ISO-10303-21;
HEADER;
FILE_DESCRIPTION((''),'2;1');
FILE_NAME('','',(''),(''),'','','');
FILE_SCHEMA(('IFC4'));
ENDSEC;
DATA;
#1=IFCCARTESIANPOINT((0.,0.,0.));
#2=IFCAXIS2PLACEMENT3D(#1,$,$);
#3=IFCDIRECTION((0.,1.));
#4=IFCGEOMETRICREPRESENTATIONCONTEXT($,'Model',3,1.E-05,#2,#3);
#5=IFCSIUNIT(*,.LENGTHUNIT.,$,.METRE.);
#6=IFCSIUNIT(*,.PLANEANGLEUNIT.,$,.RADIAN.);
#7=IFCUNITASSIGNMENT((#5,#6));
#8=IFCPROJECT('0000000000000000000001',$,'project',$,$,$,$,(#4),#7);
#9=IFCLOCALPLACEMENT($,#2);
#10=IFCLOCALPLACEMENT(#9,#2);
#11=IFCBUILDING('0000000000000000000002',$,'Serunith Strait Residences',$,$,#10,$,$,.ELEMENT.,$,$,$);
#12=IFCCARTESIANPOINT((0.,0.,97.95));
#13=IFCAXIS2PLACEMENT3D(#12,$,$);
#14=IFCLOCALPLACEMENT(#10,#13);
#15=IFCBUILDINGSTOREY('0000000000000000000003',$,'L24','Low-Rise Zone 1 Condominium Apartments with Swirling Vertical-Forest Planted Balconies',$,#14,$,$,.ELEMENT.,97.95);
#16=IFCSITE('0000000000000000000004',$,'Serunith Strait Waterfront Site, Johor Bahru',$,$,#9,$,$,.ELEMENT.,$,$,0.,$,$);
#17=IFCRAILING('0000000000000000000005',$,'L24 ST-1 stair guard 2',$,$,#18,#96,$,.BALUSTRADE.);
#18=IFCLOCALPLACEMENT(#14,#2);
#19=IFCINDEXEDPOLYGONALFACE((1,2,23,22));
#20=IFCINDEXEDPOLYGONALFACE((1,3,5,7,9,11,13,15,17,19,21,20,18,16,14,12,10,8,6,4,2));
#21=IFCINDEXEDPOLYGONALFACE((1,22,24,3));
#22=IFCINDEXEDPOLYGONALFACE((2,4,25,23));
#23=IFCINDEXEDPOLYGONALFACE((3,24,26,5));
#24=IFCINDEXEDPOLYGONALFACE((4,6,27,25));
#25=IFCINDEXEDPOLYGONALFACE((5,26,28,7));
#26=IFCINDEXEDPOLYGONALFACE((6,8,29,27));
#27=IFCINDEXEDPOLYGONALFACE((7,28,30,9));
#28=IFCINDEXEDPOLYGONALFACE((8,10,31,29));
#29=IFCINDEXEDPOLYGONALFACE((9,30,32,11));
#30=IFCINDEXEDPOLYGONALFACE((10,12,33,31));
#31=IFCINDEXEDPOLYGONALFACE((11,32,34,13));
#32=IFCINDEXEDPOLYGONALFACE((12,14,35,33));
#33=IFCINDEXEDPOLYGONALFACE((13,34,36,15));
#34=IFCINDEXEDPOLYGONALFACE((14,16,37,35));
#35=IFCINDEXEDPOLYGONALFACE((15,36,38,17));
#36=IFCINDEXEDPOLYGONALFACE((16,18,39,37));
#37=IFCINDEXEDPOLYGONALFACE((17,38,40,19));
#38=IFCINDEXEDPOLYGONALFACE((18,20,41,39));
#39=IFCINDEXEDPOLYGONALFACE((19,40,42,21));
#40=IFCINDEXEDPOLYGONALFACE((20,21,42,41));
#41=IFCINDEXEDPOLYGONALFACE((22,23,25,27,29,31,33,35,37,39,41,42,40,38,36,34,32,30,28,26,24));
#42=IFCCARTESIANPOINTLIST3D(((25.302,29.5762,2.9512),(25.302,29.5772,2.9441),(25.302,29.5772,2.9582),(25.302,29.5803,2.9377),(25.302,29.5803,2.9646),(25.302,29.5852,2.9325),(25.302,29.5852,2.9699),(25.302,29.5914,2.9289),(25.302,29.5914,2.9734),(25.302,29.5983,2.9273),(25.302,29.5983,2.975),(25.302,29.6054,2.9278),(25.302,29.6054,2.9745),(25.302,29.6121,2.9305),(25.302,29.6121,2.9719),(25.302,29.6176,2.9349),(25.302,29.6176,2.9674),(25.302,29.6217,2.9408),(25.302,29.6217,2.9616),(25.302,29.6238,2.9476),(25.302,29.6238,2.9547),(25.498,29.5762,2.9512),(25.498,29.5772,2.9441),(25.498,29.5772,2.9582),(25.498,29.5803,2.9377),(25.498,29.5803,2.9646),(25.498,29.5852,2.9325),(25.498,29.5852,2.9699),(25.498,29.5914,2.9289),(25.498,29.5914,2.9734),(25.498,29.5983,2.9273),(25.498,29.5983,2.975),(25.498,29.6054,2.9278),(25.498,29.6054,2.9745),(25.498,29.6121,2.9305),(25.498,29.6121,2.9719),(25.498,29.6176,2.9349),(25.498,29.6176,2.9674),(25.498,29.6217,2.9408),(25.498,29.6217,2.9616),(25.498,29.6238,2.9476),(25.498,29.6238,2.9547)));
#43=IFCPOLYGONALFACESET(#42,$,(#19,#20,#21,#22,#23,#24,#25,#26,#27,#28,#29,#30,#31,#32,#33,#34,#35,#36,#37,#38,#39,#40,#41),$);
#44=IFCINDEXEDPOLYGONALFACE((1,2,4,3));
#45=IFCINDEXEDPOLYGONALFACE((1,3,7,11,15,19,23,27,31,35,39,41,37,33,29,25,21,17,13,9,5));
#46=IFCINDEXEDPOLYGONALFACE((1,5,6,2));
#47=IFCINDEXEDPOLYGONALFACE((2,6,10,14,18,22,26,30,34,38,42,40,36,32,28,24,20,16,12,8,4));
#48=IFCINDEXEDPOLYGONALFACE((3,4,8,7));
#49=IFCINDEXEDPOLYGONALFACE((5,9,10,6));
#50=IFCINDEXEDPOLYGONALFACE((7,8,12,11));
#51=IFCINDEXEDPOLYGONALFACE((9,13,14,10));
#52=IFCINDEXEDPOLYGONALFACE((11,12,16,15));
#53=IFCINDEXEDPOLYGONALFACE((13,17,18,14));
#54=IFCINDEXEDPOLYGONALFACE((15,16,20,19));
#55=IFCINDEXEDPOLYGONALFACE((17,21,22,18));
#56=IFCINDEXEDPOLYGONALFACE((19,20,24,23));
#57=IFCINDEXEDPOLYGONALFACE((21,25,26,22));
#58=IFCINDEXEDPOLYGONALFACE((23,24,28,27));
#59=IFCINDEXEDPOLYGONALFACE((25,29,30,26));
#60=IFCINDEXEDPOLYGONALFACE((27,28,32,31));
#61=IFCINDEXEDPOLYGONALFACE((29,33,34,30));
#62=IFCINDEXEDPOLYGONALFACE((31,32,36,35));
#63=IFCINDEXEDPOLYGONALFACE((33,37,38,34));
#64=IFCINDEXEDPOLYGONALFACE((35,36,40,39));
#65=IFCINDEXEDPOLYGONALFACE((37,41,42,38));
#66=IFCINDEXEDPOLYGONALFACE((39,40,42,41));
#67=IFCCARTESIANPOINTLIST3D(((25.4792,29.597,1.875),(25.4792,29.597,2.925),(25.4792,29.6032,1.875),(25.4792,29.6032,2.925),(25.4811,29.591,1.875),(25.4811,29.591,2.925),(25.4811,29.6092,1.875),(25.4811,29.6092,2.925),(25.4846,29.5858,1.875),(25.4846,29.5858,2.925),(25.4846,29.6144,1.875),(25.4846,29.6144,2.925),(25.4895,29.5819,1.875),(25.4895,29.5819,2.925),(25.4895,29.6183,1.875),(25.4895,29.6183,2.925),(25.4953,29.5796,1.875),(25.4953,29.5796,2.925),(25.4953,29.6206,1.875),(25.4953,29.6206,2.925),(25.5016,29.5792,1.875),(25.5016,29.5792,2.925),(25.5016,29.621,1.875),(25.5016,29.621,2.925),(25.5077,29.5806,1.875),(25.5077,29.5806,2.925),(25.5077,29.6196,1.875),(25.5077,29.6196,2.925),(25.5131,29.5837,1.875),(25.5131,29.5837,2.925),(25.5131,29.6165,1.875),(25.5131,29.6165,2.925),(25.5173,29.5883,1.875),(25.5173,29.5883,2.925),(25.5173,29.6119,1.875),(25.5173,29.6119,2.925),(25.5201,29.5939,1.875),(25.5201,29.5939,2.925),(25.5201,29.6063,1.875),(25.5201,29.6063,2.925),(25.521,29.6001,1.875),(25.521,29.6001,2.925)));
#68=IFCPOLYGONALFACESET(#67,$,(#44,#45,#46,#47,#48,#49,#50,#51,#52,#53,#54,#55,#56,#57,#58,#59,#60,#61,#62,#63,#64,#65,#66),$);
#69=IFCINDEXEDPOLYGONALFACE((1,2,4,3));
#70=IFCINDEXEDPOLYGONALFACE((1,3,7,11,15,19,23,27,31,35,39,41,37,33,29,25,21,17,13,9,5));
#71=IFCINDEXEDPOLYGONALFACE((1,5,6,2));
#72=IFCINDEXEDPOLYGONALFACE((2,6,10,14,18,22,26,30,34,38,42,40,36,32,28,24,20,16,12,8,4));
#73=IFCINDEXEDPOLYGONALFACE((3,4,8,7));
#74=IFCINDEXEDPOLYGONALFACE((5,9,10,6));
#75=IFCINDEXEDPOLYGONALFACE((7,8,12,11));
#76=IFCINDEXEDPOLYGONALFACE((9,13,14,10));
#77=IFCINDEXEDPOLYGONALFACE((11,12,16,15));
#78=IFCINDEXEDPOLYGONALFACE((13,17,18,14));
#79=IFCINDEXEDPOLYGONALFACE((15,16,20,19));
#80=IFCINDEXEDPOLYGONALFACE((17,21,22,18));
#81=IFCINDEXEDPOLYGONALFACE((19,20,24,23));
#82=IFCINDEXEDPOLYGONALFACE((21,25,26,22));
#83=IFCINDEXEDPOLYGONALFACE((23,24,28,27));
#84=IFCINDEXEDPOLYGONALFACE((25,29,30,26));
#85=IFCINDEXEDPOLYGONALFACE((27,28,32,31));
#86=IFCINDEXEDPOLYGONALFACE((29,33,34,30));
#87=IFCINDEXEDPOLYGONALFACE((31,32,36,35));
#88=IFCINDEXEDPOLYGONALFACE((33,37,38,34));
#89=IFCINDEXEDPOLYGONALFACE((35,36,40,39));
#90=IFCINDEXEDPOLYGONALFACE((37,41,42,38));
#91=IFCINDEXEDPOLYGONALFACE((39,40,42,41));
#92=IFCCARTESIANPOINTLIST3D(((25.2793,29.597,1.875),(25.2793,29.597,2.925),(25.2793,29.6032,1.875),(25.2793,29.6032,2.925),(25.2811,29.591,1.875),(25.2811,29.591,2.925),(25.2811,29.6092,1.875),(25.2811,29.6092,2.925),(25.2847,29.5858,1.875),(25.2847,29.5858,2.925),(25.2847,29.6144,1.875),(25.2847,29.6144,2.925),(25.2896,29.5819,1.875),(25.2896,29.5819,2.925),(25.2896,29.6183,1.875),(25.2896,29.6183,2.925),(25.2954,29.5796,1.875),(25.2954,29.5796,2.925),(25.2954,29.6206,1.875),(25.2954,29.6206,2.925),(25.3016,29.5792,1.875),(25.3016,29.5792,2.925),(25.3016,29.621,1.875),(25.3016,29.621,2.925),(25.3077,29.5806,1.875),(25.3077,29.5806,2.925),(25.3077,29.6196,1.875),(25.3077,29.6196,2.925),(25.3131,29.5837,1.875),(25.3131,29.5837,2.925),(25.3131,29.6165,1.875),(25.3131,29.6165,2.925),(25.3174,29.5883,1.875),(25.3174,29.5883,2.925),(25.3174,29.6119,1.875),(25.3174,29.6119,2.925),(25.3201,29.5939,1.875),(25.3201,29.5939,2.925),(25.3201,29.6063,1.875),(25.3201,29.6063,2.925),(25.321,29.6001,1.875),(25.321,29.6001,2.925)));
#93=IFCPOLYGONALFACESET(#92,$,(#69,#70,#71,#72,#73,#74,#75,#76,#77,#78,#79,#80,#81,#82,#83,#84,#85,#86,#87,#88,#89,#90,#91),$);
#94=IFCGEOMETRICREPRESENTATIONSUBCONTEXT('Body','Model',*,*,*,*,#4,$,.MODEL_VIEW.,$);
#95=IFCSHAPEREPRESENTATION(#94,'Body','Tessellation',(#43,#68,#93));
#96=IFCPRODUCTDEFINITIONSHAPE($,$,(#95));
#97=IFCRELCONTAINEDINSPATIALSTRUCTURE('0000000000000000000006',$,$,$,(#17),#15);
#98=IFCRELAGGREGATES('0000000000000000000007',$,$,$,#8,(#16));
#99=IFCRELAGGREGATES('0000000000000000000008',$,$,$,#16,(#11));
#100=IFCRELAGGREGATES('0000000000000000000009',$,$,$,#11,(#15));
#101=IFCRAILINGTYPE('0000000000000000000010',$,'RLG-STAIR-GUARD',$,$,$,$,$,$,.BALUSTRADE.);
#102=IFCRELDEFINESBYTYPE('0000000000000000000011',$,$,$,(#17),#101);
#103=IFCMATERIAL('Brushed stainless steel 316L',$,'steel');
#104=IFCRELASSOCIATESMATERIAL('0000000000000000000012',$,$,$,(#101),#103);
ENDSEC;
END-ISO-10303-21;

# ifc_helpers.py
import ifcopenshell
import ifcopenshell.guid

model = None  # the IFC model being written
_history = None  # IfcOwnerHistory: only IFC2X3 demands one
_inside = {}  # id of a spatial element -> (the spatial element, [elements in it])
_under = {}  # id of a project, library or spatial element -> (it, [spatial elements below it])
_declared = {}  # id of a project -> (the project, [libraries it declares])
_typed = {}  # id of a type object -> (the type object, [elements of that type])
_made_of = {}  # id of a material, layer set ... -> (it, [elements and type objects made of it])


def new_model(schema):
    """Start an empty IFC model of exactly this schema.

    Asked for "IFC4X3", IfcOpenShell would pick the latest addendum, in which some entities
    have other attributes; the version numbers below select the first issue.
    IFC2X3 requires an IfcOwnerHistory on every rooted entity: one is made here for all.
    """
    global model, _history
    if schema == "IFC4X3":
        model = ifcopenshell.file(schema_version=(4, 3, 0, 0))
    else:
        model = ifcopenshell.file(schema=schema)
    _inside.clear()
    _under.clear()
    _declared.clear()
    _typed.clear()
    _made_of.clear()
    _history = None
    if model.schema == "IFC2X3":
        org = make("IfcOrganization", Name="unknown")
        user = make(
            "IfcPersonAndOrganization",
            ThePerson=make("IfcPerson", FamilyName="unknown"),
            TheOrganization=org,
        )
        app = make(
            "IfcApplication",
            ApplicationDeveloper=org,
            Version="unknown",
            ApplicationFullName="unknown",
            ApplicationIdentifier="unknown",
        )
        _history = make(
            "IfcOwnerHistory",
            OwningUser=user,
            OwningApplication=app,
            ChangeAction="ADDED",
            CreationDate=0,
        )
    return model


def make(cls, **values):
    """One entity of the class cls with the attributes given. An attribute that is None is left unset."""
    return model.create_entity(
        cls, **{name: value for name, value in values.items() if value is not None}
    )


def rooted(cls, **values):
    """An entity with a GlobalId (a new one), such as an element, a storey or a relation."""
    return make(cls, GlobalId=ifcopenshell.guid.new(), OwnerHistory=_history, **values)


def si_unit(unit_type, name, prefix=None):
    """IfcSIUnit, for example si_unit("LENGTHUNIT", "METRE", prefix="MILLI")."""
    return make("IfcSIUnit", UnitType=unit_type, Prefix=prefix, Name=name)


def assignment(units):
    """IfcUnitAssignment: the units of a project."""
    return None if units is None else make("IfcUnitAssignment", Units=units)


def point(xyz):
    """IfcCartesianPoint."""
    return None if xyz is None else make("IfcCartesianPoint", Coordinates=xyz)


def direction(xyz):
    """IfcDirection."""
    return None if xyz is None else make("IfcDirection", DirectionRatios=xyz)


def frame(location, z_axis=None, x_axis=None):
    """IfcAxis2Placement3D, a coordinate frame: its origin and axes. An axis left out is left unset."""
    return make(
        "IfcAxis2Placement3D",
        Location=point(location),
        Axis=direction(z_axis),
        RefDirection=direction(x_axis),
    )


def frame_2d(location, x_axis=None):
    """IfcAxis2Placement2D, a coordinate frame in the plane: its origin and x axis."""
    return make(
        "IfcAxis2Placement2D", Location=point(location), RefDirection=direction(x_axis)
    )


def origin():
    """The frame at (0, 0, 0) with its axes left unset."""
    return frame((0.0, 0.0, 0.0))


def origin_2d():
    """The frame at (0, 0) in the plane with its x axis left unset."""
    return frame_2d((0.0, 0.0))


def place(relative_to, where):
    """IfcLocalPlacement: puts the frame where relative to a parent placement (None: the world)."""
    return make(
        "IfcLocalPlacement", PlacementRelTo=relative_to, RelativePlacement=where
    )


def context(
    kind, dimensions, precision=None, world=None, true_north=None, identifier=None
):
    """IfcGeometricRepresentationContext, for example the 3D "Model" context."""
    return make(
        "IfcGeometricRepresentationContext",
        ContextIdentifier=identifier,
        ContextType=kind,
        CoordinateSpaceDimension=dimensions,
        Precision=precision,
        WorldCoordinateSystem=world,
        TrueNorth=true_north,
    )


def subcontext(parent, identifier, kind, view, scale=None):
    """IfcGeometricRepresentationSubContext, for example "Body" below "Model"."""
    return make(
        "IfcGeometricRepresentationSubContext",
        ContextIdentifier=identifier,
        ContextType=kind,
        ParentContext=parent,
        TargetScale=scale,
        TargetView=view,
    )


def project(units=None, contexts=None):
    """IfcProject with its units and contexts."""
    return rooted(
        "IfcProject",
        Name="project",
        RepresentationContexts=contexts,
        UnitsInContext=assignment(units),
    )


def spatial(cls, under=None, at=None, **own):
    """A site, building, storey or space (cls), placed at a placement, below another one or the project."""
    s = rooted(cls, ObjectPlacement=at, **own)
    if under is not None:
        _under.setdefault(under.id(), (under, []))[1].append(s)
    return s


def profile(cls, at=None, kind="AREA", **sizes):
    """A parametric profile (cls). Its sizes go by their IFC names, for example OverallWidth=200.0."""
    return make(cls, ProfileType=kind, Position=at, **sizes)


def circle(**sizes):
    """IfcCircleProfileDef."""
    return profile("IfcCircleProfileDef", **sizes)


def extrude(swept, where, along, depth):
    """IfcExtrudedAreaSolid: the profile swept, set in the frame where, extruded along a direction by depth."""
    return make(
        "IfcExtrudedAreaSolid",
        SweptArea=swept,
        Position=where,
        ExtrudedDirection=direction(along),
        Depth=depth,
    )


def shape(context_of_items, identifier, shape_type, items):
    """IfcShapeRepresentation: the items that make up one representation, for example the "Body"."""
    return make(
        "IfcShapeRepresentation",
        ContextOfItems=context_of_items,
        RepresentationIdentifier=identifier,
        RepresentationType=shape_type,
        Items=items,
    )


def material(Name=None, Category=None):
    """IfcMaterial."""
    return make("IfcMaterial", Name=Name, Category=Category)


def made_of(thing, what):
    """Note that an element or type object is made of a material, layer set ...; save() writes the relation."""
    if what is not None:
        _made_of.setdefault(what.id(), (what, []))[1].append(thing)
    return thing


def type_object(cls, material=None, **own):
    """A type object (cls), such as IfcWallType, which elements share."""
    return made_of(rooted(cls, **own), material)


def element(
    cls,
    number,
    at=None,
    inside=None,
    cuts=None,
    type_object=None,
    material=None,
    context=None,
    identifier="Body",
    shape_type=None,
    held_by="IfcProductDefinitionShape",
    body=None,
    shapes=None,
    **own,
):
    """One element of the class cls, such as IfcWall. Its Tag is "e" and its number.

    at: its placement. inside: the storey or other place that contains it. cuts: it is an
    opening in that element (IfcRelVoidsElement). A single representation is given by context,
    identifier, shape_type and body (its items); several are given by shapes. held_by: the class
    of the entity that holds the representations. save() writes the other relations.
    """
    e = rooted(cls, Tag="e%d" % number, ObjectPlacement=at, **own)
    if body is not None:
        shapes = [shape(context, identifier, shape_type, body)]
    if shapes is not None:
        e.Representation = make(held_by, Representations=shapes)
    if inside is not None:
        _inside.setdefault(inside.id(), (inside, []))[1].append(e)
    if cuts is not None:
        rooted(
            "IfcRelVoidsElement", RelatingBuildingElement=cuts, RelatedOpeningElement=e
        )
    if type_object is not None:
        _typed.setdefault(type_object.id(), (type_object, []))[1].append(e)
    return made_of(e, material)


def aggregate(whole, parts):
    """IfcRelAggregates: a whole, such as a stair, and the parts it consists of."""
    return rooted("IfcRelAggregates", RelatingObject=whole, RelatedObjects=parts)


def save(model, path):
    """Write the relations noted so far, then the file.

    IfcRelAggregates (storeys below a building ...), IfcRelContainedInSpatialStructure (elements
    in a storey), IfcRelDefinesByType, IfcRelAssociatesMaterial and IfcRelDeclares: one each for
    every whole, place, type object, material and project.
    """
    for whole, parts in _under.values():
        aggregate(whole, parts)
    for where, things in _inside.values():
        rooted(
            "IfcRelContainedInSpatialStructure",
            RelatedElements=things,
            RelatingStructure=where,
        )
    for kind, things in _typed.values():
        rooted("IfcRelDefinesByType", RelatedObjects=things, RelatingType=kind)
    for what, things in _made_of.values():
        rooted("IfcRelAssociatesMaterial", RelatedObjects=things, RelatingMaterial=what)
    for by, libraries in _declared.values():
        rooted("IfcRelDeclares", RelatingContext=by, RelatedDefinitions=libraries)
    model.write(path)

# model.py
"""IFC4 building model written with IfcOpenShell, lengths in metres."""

from ifc_helpers import new_model, si_unit, direction, frame, origin, origin_2d, place, context, subcontext, project, spatial, circle, extrude, material, type_object, element, save


model = new_model("IFC4")

# Units and contexts
model_context = context("Model", 3, precision=1e-05, world=origin(), true_north=direction((0.0, 1.0)))
body_context = subcontext(model_context, "Body", "Model", "MODEL_VIEW")
ifc_project = project(units=[si_unit("LENGTHUNIT", "METRE"), si_unit("PLANEANGLEUNIT", "RADIAN")], contexts=[model_context])

# Site, building, storey
site_placement = place(None, origin())
site = spatial("IfcSite", under=ifc_project, at=site_placement, Name="Serunith Strait Waterfront Site, Johor Bahru", CompositionType="ELEMENT", RefElevation=0.0)
building_placement = place(site_placement, origin())
building = spatial("IfcBuilding", under=site, at=building_placement, Name="Serunith Strait Residences", CompositionType="ELEMENT")
storey_placement = place(building_placement, frame((0.0, 0.0, 97.95)))
storey = spatial("IfcBuildingStorey", under=building, at=storey_placement, Name="L24", Description="Low-Rise Zone 1 Condominium Apartments with Swirling Vertical-Forest Planted Balconies", CompositionType="ELEMENT", Elevation=97.95)

# Railing
ifc_material_1 = material(Name="Brushed stainless steel 316L", Category="steel")
railing_type_1 = type_object("IfcRailingType", Name="RLG-STAIR-GUARD", PredefinedType="BALUSTRADE", material=ifc_material_1)
railing_1_placement = place(storey_placement, frame((25.5, 29.6001, 1.875)))
element("IfcRailing", 1, at=railing_1_placement, inside=storey, type_object=railing_type_1, Name="L24 ST-1 stair guard 2", PredefinedType="BALUSTRADE", context=body_context, shape_type="SweptSolid", body=[
    extrude(circle(Radius=0.0239, at=origin_2d()), frame((-0.002, 0.0, 1.0762), z_axis=(-1.0, 0.0, 0.0), x_axis=(0.0, -1.0, 0.0)), (0.0, 0.0, 1.0), 0.196),
    extrude(circle(Radius=0.021, at=origin_2d()), origin(), (0.0, 0.0, 1.0), 1.05),
    extrude(circle(Radius=0.021, at=origin_2d()), frame((-0.2, 0.0, 0.0)), (0.0, 0.0, 1.0), 1.05),
])

save(model, "model.ifc")
